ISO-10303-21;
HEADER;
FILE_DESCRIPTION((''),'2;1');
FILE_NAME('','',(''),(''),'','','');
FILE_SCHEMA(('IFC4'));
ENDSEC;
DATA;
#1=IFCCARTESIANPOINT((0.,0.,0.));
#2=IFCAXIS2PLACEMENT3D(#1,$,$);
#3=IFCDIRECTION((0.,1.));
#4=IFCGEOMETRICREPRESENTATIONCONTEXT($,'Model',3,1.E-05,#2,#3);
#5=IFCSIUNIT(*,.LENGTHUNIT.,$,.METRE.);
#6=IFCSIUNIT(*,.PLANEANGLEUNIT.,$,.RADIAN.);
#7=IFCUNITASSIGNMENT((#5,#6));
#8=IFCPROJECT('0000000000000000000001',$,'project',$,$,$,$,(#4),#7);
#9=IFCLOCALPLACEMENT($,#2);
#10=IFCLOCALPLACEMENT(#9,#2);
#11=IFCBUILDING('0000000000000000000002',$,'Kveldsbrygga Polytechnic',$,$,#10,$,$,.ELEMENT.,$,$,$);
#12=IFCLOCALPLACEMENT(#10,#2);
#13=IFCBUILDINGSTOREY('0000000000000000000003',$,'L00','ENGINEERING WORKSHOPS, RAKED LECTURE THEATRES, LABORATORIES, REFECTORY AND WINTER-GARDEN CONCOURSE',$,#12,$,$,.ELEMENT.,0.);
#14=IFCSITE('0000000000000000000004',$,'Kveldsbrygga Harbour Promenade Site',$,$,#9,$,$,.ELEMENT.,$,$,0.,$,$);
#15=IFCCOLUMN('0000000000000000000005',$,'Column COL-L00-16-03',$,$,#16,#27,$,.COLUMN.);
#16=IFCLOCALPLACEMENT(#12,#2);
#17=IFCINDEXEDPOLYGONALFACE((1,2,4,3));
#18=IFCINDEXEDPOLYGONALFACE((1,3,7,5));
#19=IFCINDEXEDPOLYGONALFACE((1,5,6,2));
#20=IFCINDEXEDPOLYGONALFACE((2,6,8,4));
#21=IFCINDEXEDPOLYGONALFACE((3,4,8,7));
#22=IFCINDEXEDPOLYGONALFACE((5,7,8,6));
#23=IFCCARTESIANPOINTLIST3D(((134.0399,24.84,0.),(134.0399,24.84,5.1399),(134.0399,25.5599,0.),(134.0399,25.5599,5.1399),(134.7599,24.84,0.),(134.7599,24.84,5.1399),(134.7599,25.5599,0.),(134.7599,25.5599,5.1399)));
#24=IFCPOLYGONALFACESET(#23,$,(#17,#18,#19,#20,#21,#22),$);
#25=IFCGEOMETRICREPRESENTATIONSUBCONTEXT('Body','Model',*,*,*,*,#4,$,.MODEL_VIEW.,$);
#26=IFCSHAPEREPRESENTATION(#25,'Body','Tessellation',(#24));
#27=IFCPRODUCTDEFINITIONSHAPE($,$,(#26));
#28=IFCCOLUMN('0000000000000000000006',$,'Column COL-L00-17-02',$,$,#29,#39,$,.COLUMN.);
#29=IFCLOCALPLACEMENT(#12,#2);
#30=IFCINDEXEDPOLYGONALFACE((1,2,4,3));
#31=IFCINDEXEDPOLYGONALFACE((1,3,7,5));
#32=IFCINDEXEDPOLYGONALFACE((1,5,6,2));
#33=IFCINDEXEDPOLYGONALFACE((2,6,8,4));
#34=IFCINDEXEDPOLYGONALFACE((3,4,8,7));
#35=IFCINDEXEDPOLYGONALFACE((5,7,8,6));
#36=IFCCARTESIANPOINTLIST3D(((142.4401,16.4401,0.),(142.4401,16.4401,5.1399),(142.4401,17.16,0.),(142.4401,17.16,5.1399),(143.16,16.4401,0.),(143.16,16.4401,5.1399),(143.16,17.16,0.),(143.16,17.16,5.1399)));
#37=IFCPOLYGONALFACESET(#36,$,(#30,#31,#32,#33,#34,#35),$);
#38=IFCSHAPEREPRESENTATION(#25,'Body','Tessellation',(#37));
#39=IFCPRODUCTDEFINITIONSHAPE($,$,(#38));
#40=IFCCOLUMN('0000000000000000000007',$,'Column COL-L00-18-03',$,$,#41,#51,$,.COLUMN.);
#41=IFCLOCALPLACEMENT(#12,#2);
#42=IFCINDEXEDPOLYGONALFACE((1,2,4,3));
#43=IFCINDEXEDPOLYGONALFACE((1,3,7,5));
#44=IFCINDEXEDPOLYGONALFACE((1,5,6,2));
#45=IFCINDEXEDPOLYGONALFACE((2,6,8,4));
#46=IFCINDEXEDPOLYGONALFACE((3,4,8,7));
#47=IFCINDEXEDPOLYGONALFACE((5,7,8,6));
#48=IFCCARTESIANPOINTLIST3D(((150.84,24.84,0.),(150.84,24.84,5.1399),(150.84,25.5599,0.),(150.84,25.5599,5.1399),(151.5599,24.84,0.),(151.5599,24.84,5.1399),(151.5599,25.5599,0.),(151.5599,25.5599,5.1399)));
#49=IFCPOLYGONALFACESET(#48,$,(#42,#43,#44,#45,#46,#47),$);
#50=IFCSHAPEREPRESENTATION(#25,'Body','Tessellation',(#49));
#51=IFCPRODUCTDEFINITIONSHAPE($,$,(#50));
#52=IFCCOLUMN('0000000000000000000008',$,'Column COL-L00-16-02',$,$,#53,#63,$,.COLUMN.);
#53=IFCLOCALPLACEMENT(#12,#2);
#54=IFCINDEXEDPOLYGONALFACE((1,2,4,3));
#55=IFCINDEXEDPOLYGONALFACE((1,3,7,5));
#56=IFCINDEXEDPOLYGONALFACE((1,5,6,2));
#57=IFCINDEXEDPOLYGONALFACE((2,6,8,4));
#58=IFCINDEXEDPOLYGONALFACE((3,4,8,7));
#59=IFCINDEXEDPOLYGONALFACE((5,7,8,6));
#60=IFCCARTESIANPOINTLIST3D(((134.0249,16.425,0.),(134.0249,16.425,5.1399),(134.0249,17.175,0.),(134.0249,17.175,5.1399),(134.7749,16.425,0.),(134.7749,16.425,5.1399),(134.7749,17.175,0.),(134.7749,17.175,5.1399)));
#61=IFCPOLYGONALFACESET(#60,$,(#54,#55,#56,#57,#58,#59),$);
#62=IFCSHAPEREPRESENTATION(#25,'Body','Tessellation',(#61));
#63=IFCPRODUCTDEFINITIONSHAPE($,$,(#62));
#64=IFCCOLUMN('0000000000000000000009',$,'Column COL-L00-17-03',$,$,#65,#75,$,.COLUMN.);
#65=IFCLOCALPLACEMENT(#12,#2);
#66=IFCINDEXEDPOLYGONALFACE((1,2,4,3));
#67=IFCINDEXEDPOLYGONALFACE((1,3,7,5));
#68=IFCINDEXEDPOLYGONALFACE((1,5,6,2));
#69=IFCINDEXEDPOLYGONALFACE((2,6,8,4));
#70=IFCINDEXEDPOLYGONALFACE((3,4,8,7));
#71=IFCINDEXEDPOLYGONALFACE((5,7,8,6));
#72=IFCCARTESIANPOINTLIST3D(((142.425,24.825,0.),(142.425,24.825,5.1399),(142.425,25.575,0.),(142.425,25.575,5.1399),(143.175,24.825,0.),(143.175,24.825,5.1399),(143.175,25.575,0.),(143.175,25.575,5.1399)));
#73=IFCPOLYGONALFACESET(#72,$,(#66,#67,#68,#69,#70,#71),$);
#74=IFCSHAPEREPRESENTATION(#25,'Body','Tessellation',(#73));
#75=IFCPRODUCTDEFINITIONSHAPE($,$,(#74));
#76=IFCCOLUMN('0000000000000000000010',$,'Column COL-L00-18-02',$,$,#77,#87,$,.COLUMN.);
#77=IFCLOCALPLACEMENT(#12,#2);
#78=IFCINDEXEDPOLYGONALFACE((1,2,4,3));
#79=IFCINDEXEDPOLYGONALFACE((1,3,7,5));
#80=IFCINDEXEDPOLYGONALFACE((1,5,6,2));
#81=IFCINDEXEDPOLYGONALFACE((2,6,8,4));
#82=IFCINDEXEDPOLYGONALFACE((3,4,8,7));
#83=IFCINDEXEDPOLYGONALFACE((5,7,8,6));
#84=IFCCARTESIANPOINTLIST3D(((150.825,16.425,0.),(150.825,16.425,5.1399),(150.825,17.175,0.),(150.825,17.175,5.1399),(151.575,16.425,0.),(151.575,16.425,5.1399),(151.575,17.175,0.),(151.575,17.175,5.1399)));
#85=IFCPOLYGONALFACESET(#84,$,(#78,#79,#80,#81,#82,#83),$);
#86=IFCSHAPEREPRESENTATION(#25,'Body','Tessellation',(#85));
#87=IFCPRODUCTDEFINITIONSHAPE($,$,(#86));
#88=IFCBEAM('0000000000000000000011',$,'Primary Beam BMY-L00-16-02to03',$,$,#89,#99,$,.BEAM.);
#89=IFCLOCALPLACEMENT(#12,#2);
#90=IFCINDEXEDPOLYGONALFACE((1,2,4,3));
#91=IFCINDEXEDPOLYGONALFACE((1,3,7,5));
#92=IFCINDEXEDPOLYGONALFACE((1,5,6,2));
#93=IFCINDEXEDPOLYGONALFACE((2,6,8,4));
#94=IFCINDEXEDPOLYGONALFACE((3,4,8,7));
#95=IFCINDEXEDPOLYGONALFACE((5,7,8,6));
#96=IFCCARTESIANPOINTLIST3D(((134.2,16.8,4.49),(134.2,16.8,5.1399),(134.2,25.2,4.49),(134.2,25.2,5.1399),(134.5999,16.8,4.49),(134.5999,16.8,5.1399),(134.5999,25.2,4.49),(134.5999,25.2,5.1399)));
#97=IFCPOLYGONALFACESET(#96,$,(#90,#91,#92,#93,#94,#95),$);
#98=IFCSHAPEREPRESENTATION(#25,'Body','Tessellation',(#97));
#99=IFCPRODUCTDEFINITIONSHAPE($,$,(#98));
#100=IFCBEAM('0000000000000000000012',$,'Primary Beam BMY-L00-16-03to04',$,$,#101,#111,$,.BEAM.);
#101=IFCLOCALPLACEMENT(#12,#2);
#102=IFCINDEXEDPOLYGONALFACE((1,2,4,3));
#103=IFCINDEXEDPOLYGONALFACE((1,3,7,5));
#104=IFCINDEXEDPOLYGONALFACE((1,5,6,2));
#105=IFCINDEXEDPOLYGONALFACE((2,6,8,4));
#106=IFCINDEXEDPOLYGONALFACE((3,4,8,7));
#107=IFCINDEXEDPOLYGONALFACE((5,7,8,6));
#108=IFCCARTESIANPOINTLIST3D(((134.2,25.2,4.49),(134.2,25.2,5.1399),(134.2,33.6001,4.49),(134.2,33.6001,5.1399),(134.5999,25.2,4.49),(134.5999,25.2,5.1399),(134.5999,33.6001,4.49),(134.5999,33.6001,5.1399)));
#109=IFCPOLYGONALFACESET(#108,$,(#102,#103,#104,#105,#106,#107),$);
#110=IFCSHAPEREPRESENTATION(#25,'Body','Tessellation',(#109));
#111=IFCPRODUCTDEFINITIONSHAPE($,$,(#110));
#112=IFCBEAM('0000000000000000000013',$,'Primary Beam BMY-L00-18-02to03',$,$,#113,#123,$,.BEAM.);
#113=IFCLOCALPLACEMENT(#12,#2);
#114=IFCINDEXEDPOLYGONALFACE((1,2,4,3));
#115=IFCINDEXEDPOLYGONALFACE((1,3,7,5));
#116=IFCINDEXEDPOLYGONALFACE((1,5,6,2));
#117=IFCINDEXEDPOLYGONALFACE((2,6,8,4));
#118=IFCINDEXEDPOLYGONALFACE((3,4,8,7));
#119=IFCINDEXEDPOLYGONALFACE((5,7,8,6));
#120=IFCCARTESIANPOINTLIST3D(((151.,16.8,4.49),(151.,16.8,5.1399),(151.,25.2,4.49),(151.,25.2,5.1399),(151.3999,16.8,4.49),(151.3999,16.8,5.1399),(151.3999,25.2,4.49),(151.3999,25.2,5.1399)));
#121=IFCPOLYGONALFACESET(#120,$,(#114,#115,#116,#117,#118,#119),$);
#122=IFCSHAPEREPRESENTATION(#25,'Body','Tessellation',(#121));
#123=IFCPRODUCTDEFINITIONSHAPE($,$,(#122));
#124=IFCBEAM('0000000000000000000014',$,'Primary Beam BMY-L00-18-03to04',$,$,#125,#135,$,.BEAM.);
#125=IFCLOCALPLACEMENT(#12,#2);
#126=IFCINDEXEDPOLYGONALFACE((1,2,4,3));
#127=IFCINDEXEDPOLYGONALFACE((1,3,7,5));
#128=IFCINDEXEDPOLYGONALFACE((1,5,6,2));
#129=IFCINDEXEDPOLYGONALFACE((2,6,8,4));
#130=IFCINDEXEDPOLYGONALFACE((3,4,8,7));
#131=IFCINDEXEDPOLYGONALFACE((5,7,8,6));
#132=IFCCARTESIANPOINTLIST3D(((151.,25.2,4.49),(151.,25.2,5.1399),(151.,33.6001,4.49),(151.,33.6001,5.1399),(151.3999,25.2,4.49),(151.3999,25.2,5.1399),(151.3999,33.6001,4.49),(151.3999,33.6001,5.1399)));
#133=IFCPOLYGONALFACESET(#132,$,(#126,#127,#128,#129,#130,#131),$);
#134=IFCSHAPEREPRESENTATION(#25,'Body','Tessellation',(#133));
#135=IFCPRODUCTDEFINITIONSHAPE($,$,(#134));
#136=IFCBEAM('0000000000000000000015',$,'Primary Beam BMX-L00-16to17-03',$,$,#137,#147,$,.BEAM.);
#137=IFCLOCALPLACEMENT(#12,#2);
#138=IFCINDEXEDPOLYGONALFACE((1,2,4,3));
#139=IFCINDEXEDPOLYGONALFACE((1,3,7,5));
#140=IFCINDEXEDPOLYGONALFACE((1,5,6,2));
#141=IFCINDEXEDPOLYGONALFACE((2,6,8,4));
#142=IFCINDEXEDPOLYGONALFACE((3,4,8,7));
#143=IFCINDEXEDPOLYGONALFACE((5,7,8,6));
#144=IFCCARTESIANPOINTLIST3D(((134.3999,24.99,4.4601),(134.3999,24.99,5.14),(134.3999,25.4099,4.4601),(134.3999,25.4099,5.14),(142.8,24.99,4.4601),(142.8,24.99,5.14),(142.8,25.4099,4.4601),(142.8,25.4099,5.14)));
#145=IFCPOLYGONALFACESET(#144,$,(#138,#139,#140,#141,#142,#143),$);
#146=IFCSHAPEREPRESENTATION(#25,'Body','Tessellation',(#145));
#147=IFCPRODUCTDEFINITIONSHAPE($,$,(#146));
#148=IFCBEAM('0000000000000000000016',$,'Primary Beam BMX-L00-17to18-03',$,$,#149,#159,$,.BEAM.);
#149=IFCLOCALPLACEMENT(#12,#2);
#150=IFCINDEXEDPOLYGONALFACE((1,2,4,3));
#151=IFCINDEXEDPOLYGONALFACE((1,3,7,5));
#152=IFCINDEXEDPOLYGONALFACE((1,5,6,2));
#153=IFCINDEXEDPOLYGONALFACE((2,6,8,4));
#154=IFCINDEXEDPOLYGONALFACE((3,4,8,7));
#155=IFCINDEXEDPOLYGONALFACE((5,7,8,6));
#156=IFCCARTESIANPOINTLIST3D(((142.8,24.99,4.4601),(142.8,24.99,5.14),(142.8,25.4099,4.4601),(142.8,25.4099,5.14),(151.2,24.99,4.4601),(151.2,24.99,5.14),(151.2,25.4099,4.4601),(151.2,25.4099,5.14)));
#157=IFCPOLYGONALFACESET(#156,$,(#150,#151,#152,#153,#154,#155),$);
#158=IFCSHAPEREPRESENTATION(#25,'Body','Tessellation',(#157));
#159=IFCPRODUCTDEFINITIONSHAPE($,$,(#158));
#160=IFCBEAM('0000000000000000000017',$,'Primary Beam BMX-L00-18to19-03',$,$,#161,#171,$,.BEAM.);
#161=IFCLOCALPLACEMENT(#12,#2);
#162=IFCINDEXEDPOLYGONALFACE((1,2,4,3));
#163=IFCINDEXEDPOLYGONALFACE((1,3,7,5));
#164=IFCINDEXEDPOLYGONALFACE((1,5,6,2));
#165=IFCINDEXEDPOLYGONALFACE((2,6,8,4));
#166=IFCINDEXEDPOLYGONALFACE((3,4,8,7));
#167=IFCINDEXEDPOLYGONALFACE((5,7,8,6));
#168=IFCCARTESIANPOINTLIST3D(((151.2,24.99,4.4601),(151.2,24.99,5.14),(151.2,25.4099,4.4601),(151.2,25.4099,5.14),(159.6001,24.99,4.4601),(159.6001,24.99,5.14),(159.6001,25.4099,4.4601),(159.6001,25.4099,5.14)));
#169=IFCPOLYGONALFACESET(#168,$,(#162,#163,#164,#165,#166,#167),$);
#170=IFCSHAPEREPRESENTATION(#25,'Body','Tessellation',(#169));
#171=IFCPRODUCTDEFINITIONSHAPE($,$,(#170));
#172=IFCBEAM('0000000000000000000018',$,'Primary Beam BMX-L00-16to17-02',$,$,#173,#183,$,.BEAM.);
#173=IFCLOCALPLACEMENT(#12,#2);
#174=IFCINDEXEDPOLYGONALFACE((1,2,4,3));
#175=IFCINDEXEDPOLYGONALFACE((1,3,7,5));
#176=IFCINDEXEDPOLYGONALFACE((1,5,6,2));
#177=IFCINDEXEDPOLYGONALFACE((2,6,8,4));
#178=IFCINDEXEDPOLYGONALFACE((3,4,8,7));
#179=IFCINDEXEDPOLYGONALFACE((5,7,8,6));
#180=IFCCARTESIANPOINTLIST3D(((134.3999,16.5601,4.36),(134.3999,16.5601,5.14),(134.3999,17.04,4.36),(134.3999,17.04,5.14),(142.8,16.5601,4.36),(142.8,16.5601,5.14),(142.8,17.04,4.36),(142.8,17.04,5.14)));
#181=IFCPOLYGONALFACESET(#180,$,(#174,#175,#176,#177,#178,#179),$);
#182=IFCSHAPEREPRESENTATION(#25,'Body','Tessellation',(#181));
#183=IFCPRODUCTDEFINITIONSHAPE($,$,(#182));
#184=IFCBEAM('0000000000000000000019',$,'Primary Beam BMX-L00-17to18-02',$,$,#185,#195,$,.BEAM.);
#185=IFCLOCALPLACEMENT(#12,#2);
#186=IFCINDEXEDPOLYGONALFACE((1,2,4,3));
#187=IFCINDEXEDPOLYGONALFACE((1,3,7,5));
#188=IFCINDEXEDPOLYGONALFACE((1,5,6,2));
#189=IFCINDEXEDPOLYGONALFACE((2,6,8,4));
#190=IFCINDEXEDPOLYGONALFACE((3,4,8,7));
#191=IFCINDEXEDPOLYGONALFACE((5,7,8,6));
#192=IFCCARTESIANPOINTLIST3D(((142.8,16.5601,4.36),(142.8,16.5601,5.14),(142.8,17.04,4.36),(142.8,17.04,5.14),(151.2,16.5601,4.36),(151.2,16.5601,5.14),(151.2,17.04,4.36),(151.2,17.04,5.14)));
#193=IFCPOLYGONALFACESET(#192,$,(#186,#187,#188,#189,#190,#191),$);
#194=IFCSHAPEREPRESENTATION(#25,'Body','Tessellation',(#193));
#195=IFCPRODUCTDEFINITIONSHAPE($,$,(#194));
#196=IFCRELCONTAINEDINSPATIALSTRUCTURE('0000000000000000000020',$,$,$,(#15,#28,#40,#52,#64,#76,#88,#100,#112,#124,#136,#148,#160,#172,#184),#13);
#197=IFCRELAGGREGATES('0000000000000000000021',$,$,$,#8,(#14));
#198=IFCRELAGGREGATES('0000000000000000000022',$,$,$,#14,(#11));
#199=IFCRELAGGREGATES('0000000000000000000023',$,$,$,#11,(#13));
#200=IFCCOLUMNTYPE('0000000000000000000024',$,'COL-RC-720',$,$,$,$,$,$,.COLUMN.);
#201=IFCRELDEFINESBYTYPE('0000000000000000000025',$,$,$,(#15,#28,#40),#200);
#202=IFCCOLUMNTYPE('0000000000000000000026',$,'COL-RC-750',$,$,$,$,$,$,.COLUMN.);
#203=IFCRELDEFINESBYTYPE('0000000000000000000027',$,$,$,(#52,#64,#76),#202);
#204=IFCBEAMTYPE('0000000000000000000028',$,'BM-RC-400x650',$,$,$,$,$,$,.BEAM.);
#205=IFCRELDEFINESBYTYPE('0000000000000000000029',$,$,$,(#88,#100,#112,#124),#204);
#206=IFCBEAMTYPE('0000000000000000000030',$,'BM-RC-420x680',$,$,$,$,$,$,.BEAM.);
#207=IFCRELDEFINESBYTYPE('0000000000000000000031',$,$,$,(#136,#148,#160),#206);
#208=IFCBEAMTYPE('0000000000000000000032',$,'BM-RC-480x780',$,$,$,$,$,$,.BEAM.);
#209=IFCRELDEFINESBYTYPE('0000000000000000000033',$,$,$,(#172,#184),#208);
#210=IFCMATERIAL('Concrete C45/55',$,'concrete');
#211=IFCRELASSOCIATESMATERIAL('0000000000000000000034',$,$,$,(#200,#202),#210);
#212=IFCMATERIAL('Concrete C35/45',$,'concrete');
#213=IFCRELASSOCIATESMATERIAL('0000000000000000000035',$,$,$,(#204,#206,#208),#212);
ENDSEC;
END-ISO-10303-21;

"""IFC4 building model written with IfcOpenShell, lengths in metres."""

from ifc_helpers import new_model, si_unit, direction, frame, origin, origin_2d, place, context, subcontext, project, spatial, rectangle, extrude, material, material_profile, profile_set, type_object, element, save


model = new_model("IFC4")

# Units and contexts
model_context = context("Model", 3, precision=1e-05, world=origin(), true_north=direction((0.0, 1.0)))
body_context = subcontext(model_context, "Body", "Model", "MODEL_VIEW")
ifc_project = project(units=[si_unit("LENGTHUNIT", "METRE"), si_unit("PLANEANGLEUNIT", "RADIAN")], contexts=[model_context])

# Site, building, storey
site_placement = place(None, origin())
site = spatial("IfcSite", under=ifc_project, at=site_placement, Name="Kveldsbrygga Harbour Promenade Site", CompositionType="ELEMENT", RefElevation=0.0)
building_placement = place(site_placement, origin())
building = spatial("IfcBuilding", under=site, at=building_placement, Name="Kveldsbrygga Polytechnic", CompositionType="ELEMENT")
storey_placement = place(building_placement, origin())
storey = spatial("IfcBuildingStorey", under=building, at=storey_placement, Name="L00", Description="ENGINEERING WORKSHOPS, RAKED LECTURE THEATRES, LABORATORIES, REFECTORY AND WINTER-GARDEN CONCOURSE", CompositionType="ELEMENT", Elevation=0.0)

# Columns
ifc_material_1 = material(Name="Concrete C45/55", Category="concrete")
ifc_material_profile_1 = material_profile(ifc_material_1, rectangle(XDim=0.72, YDim=0.72, at=origin_2d()), Name="RC 720x720")
ifc_profile_set_1 = profile_set([ifc_material_profile_1], Name="Concrete C45/55")
column_type_1 = type_object("IfcColumnType", Name="COL-RC-720", PredefinedType="COLUMN", material=ifc_profile_set_1)
for number, where, z_axis, x_axis, name in (
    (1, (134.3999, 25.2, 0.0), (0.0, 0.0, 1.0), (1.0, 0.0, 0.0), "Column COL-L00-16-03"),
    (2, (142.8, 16.8, 0.0), (0.0, 0.0, 1.0), (1.0, 0.0, 0.0), "Column COL-L00-17-02"),
    (3, (151.2, 25.2, 0.0), (0.0, 0.0, 1.0), (1.0, 0.0, 0.0), "Column COL-L00-18-03"),
):
    element("IfcColumn", number, at=place(storey_placement, frame(where, z_axis=z_axis, x_axis=x_axis)), inside=storey, type_object=column_type_1, Name=name, PredefinedType="COLUMN", context=body_context, shape_type="SweptSolid", body=[
        extrude(rectangle(XDim=0.72, YDim=0.72, at=origin_2d()), origin(), (0.0, 0.0, 1.0), 5.1399),
    ])
ifc_material_profile_2 = material_profile(ifc_material_1, rectangle(XDim=0.75, YDim=0.75, at=origin_2d()), Name="RC 750x750")
ifc_profile_set_2 = profile_set([ifc_material_profile_2], Name="Concrete C45/55")
column_type_2 = type_object("IfcColumnType", Name="COL-RC-750", PredefinedType="COLUMN", material=ifc_profile_set_2)
for number, where, z_axis, x_axis, name in (
    (4, (134.3999, 16.8, 0.0), (0.0, 0.0, 1.0), (1.0, 0.0, 0.0), "Column COL-L00-16-02"),
    (5, (142.8, 25.2, 0.0), (0.0, 0.0, 1.0), (1.0, 0.0, 0.0), "Column COL-L00-17-03"),
    (6, (151.2, 16.8, 0.0), (0.0, 0.0, 1.0), (1.0, 0.0, 0.0), "Column COL-L00-18-02"),
):
    element("IfcColumn", number, at=place(storey_placement, frame(where, z_axis=z_axis, x_axis=x_axis)), inside=storey, type_object=column_type_2, Name=name, PredefinedType="COLUMN", context=body_context, shape_type="SweptSolid", body=[
        extrude(rectangle(XDim=0.75, YDim=0.75, at=origin_2d()), origin(), (0.0, 0.0, 1.0), 5.1399),
    ])

# Beams
ifc_material_2 = material(Name="Concrete C35/45", Category="concrete")
ifc_material_profile_3 = material_profile(ifc_material_2, rectangle(XDim=0.3999, YDim=0.6499, at=origin_2d()), Name="RC 400x650")
ifc_profile_set_3 = profile_set([ifc_material_profile_3], Name="Concrete C35/45")
beam_type_1 = type_object("IfcBeamType", Name="BM-RC-400x650", PredefinedType="BEAM", material=ifc_profile_set_3)
beam_1_placement = place(storey_placement, frame((134.3999, 16.8, 4.8149), z_axis=(0.0, 1.0, 0.0), x_axis=(-1.0, 0.0, 0.0)))
element("IfcBeam", 7, at=beam_1_placement, inside=storey, type_object=beam_type_1, Name="Primary Beam BMY-L00-16-02to03", PredefinedType="BEAM", context=body_context, shape_type="SweptSolid", body=[
    extrude(rectangle(XDim=0.3999, YDim=0.6499, at=origin_2d()), origin(), (0.0, 0.0, 1.0), 8.3999),
])
beam_2_placement = place(storey_placement, frame((134.3999, 25.2, 4.8149), z_axis=(0.0, 1.0, 0.0), x_axis=(-1.0, 0.0, 0.0)))
element("IfcBeam", 8, at=beam_2_placement, inside=storey, type_object=beam_type_1, Name="Primary Beam BMY-L00-16-03to04", PredefinedType="BEAM", context=body_context, shape_type="SweptSolid", body=[
    extrude(rectangle(XDim=0.3999, YDim=0.6499, at=origin_2d()), origin(), (0.0, 0.0, 1.0), 8.4001),
])
beam_3_placement = place(storey_placement, frame((151.2, 16.8, 4.8149), z_axis=(0.0, 1.0, 0.0), x_axis=(-1.0, 0.0, 0.0)))
element("IfcBeam", 9, at=beam_3_placement, inside=storey, type_object=beam_type_1, Name="Primary Beam BMY-L00-18-02to03", PredefinedType="BEAM", context=body_context, shape_type="SweptSolid", body=[
    extrude(rectangle(XDim=0.3999, YDim=0.6499, at=origin_2d()), origin(), (0.0, 0.0, 1.0), 8.3999),
])
beam_4_placement = place(storey_placement, frame((151.2, 25.2, 4.8149), z_axis=(0.0, 1.0, 0.0), x_axis=(-1.0, 0.0, 0.0)))
element("IfcBeam", 10, at=beam_4_placement, inside=storey, type_object=beam_type_1, Name="Primary Beam BMY-L00-18-03to04", PredefinedType="BEAM", context=body_context, shape_type="SweptSolid", body=[
    extrude(rectangle(XDim=0.3999, YDim=0.6499, at=origin_2d()), origin(), (0.0, 0.0, 1.0), 8.4001),
])
ifc_material_profile_4 = material_profile(ifc_material_2, rectangle(XDim=0.4199, YDim=0.6799, at=origin_2d()), Name="RC 420x680")
ifc_profile_set_4 = profile_set([ifc_material_profile_4], Name="Concrete C35/45")
beam_type_2 = type_object("IfcBeamType", Name="BM-RC-420x680", PredefinedType="BEAM", material=ifc_profile_set_4)
beam_5_placement = place(storey_placement, frame((134.3999, 25.2, 4.8), z_axis=(1.0, 0.0, 0.0), x_axis=(0.0, 1.0, 0.0)))
element("IfcBeam", 11, at=beam_5_placement, inside=storey, type_object=beam_type_2, Name="Primary Beam BMX-L00-16to17-03", PredefinedType="BEAM", context=body_context, shape_type="SweptSolid", body=[
    extrude(rectangle(XDim=0.4199, YDim=0.6799, at=origin_2d()), origin(), (0.0, 0.0, 1.0), 8.4001),
])
beam_6_placement = place(storey_placement, frame((142.8, 25.2, 4.8), z_axis=(1.0, 0.0, 0.0), x_axis=(0.0, 1.0, 0.0)))
element("IfcBeam", 12, at=beam_6_placement, inside=storey, type_object=beam_type_2, Name="Primary Beam BMX-L00-17to18-03", PredefinedType="BEAM", context=body_context, shape_type="SweptSolid", body=[
    extrude(rectangle(XDim=0.4199, YDim=0.6799, at=origin_2d()), origin(), (0.0, 0.0, 1.0), 8.3999),
])
beam_7_placement = place(storey_placement, frame((151.2, 25.2, 4.8), z_axis=(1.0, 0.0, 0.0), x_axis=(0.0, 1.0, 0.0)))
element("IfcBeam", 13, at=beam_7_placement, inside=storey, type_object=beam_type_2, Name="Primary Beam BMX-L00-18to19-03", PredefinedType="BEAM", context=body_context, shape_type="SweptSolid", body=[
    extrude(rectangle(XDim=0.4199, YDim=0.6799, at=origin_2d()), origin(), (0.0, 0.0, 1.0), 8.4001),
])
ifc_material_profile_5 = material_profile(ifc_material_2, rectangle(XDim=0.48, YDim=0.78, at=origin_2d()), Name="RC 480x780")
ifc_profile_set_5 = profile_set([ifc_material_profile_5], Name="Concrete C35/45")
beam_type_3 = type_object("IfcBeamType", Name="BM-RC-480x780", PredefinedType="BEAM", material=ifc_profile_set_5)
beam_8_placement = place(storey_placement, frame((134.3999, 16.8, 4.75), z_axis=(1.0, 0.0, 0.0), x_axis=(0.0, 1.0, 0.0)))
element("IfcBeam", 14, at=beam_8_placement, inside=storey, type_object=beam_type_3, Name="Primary Beam BMX-L00-16to17-02", PredefinedType="BEAM", context=body_context, shape_type="SweptSolid", body=[
    extrude(rectangle(XDim=0.48, YDim=0.78, at=origin_2d()), origin(), (0.0, 0.0, 1.0), 8.4001),
])
beam_9_placement = place(storey_placement, frame((142.8, 16.8, 4.75), z_axis=(1.0, 0.0, 0.0), x_axis=(0.0, 1.0, 0.0)))
element("IfcBeam", 15, at=beam_9_placement, inside=storey, type_object=beam_type_3, Name="Primary Beam BMX-L00-17to18-02", PredefinedType="BEAM", context=body_context, shape_type="SweptSolid", body=[
    extrude(rectangle(XDim=0.48, YDim=0.78, at=origin_2d()), origin(), (0.0, 0.0, 1.0), 8.3999),
])

save(model, "model.ifc")
